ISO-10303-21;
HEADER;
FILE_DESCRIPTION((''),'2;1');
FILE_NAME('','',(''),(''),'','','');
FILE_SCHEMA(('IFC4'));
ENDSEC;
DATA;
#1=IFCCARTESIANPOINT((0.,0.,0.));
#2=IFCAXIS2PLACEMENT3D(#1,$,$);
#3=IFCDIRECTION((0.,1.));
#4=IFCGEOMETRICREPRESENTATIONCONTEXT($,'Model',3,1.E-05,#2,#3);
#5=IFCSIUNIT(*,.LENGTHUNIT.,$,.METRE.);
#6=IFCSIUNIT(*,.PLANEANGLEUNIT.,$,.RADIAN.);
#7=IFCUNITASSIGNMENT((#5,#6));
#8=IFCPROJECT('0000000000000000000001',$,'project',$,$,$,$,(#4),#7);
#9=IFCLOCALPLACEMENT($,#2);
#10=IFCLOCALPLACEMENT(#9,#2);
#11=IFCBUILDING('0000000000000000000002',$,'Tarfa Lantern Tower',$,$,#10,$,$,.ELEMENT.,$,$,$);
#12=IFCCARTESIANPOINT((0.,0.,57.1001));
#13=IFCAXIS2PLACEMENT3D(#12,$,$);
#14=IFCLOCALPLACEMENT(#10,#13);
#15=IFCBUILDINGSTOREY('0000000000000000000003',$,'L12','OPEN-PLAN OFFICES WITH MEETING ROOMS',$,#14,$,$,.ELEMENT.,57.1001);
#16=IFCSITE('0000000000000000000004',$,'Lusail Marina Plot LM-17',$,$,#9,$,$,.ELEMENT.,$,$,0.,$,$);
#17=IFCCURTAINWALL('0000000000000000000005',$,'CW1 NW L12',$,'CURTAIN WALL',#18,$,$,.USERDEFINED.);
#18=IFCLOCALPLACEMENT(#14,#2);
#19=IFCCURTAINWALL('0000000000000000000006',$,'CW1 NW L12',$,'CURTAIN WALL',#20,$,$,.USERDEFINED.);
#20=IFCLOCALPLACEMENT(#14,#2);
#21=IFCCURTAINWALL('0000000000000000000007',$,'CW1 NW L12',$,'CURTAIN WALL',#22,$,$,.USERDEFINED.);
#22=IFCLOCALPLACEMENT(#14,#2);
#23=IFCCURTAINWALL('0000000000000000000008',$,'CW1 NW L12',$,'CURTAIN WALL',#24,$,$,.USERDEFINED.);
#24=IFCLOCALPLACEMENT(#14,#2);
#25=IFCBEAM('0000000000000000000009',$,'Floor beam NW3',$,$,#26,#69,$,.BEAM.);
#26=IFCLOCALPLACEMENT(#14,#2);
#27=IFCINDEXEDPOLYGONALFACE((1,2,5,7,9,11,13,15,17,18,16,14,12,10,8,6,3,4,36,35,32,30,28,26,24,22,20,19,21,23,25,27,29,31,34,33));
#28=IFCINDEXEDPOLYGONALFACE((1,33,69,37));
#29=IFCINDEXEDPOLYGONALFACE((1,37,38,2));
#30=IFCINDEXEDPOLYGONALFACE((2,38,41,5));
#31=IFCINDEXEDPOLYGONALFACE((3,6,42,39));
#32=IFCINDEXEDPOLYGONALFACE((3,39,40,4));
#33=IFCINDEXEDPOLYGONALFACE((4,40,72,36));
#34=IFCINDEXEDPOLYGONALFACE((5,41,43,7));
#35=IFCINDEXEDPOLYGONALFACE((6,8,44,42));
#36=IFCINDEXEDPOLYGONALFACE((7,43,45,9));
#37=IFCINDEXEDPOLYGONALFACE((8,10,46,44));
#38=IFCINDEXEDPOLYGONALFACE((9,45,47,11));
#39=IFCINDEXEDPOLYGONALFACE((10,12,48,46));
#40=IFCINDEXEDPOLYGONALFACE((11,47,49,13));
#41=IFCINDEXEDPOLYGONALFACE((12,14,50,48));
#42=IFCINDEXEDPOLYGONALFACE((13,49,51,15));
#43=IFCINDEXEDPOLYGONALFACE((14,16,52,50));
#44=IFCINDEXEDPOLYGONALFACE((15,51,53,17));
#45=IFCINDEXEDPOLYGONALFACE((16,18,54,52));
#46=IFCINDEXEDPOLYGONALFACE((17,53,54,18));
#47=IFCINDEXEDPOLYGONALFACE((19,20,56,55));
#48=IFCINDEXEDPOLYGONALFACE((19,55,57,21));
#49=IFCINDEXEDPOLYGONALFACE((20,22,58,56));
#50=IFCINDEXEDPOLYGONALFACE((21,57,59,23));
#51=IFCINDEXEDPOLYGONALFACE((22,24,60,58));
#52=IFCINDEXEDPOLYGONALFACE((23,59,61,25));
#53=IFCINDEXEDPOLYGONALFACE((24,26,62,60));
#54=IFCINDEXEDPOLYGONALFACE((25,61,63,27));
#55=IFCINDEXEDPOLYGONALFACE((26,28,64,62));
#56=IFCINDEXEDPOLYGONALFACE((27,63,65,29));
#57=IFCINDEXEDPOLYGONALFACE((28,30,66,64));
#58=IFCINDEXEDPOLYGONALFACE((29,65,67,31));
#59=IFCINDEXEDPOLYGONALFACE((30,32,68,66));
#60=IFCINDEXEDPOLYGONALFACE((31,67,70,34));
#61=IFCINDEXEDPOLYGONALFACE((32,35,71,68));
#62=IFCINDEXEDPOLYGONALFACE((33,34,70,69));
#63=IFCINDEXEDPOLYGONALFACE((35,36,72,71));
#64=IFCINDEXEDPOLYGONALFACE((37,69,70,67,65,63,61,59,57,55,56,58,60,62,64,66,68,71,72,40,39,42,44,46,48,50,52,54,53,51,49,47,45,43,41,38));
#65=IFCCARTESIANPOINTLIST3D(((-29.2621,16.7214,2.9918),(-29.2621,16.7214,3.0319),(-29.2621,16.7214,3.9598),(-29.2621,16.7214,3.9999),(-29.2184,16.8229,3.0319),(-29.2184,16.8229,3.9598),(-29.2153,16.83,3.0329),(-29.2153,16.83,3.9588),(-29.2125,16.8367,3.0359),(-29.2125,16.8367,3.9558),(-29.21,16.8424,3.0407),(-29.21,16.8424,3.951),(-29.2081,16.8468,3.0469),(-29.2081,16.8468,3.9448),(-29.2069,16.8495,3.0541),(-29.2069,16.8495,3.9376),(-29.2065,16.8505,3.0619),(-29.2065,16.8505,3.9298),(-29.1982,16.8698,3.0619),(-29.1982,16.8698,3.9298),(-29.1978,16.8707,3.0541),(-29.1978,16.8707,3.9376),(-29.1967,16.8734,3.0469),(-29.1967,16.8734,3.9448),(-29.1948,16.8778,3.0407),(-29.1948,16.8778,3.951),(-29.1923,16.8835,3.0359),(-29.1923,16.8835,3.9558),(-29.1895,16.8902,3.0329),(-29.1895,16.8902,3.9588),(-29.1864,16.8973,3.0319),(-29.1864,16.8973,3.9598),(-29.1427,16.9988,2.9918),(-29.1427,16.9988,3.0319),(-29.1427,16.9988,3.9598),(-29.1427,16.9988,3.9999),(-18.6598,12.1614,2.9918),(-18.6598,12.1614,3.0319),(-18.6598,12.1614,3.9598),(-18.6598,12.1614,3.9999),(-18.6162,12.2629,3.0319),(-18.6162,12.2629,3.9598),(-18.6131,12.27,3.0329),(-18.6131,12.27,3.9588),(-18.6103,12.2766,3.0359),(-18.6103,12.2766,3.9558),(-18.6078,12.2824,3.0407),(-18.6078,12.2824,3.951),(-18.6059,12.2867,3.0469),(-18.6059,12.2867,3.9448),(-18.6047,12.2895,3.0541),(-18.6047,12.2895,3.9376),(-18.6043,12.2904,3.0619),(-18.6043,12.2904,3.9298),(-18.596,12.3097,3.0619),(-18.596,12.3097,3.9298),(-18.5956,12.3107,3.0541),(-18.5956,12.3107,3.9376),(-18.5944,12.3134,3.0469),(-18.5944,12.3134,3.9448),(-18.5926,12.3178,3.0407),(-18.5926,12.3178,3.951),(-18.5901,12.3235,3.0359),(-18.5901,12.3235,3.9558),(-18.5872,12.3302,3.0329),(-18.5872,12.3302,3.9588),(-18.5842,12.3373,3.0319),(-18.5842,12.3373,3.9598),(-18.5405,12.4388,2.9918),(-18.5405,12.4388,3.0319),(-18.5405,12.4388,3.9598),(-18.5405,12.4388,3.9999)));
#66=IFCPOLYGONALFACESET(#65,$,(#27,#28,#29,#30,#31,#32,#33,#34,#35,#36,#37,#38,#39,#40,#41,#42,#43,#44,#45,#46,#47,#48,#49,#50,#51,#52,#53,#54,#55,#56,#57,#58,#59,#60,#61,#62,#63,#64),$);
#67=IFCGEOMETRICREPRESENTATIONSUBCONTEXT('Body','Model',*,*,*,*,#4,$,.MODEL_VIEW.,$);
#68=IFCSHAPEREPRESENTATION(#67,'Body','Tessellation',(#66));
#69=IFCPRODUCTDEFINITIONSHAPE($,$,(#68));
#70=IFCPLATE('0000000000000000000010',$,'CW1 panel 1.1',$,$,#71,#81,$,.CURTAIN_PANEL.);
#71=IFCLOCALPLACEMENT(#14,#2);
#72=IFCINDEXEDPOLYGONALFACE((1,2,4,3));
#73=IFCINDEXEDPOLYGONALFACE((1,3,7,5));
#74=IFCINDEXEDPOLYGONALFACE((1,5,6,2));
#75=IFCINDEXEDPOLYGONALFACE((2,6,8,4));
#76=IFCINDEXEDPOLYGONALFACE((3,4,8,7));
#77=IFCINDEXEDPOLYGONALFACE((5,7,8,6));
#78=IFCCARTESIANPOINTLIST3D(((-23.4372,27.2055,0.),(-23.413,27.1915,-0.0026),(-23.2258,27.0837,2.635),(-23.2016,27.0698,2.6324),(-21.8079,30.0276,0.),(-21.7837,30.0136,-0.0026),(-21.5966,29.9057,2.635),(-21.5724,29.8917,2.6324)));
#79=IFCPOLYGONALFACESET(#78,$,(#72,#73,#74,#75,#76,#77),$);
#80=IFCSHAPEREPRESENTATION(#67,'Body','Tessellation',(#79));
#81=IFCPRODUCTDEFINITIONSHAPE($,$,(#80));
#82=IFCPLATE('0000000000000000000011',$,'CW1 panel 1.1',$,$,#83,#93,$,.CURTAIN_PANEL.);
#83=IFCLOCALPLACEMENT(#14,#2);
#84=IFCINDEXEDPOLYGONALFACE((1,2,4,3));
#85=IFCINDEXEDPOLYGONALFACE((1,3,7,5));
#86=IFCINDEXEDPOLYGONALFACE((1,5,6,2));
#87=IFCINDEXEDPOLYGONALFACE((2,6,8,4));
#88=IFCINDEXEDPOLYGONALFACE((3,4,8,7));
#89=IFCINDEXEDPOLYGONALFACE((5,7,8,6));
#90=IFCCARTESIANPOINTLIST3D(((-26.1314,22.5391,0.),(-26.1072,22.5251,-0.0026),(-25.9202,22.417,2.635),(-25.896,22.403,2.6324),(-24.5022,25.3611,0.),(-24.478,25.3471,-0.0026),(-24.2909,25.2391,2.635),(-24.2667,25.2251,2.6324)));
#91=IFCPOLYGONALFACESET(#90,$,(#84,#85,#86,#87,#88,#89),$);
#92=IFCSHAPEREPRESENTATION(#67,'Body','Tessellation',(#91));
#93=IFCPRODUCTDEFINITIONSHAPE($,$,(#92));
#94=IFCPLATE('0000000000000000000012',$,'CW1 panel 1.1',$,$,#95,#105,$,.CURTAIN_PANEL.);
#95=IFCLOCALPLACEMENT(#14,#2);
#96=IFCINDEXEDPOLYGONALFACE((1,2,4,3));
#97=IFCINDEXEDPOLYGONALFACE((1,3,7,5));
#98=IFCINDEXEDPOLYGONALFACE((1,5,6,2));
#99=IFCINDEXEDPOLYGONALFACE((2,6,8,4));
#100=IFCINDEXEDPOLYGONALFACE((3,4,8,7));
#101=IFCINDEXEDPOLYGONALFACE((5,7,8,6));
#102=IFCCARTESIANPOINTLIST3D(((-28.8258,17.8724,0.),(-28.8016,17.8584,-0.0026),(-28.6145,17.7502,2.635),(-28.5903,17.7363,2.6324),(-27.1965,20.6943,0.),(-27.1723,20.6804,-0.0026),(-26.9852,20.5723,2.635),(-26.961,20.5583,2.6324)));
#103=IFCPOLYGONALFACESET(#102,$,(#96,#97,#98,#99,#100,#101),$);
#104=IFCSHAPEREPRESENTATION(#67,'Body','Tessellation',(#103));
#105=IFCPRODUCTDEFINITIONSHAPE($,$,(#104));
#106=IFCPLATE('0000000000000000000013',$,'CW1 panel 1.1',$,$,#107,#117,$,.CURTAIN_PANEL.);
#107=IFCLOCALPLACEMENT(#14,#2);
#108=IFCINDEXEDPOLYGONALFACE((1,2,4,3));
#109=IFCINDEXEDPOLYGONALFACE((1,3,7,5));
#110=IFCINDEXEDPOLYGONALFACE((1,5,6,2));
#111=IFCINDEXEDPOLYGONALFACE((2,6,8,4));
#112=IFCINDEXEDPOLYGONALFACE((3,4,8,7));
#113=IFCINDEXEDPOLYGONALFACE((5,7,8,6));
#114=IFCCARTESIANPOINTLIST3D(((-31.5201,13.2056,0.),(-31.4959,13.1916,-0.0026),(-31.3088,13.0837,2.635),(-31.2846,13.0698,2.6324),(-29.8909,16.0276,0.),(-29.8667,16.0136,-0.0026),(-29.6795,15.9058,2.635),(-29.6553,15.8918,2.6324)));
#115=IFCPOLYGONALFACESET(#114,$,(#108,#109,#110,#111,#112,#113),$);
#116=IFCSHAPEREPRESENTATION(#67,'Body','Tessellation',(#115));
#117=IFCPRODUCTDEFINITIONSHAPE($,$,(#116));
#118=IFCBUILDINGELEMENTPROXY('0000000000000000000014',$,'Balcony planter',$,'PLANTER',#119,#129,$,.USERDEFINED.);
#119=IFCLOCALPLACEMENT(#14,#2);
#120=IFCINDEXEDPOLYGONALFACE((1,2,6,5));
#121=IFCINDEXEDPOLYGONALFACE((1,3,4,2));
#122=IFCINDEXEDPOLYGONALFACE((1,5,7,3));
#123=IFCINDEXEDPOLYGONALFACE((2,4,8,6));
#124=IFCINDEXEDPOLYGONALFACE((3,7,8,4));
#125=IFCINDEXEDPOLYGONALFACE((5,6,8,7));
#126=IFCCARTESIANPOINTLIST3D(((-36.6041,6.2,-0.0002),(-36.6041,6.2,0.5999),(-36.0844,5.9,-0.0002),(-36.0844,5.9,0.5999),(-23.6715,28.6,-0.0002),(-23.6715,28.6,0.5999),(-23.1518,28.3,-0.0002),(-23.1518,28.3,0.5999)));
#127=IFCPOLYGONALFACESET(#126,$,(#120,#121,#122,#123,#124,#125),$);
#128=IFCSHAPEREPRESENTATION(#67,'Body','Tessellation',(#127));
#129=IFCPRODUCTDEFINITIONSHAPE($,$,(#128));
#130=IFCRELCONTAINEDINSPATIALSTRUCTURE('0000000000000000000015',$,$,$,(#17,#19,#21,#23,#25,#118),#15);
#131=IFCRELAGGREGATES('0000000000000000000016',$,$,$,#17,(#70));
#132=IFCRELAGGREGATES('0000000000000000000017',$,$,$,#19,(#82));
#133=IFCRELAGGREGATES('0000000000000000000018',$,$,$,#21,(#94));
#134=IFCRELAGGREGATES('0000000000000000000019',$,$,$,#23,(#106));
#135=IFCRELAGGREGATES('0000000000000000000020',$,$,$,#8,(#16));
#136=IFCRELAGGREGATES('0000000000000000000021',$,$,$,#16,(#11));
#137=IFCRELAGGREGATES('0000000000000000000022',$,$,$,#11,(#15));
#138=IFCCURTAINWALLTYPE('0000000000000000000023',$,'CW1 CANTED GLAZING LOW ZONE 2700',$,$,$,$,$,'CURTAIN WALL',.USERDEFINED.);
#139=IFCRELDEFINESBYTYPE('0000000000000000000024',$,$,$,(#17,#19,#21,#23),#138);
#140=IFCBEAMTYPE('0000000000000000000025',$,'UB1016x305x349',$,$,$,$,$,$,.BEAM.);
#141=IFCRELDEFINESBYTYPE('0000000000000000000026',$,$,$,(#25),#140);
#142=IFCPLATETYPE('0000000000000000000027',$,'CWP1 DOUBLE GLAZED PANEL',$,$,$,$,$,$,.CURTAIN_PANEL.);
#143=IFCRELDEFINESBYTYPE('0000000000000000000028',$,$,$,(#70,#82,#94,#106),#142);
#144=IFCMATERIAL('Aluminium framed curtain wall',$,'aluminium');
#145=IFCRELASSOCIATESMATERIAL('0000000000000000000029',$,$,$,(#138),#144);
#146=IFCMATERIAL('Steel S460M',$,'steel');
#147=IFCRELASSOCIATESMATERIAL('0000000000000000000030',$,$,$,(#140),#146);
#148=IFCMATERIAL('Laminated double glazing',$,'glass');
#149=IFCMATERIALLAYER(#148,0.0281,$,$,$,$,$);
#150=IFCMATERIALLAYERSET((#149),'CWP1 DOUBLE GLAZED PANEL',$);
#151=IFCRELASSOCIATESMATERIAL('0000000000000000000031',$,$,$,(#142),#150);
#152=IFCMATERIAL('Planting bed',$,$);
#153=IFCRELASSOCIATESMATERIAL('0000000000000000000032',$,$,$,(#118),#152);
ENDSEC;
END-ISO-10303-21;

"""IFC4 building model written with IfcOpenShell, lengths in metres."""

from ifc_helpers import new_model, si_unit, direction, frame, origin, origin_2d, place, context, subcontext, project, spatial, polyline, rectangle, i_section, outline, extrude, material, layer, layer_set, material_profile, profile_set, type_object, element, aggregate, save


model = new_model("IFC4")

# Units and contexts
model_context = context("Model", 3, precision=1e-05, world=origin(), true_north=direction((0.0, 1.0)))
body_context = subcontext(model_context, "Body", "Model", "MODEL_VIEW")
ifc_project = project(units=[si_unit("LENGTHUNIT", "METRE"), si_unit("PLANEANGLEUNIT", "RADIAN")], contexts=[model_context])

# Site, building, storey
site_placement = place(None, origin())
site = spatial("IfcSite", under=ifc_project, at=site_placement, Name="Lusail Marina Plot LM-17", CompositionType="ELEMENT", RefElevation=0.0)
building_placement = place(site_placement, origin())
building = spatial("IfcBuilding", under=site, at=building_placement, Name="Tarfa Lantern Tower", CompositionType="ELEMENT")
storey_placement = place(building_placement, frame((0.0, 0.0, 57.1001)))
storey = spatial("IfcBuildingStorey", under=building, at=storey_placement, Name="L12", Description="OPEN-PLAN OFFICES WITH MEETING ROOMS", CompositionType="ELEMENT", Elevation=57.1001)

# Curtain walls
ifc_material_1 = material(Name="Aluminium framed curtain wall", Category="aluminium")
curtain_wall_type = type_object("IfcCurtainWallType", Name="CW1 CANTED GLAZING LOW ZONE 2700", ElementType="CURTAIN WALL", PredefinedType="USERDEFINED", material=ifc_material_1)
curtain_wall_1_placement = place(storey_placement, origin())
curtain_wall_1 = element("IfcCurtainWall", 1, at=curtain_wall_1_placement, inside=storey, type_object=curtain_wall_type, Name="CW1 NW L12", ObjectType="CURTAIN WALL", PredefinedType="USERDEFINED")
curtain_wall_2_placement = place(storey_placement, origin())
curtain_wall_2 = element("IfcCurtainWall", 2, at=curtain_wall_2_placement, inside=storey, type_object=curtain_wall_type, Name="CW1 NW L12", ObjectType="CURTAIN WALL", PredefinedType="USERDEFINED")
curtain_wall_3_placement = place(storey_placement, origin())
curtain_wall_3 = element("IfcCurtainWall", 3, at=curtain_wall_3_placement, inside=storey, type_object=curtain_wall_type, Name="CW1 NW L12", ObjectType="CURTAIN WALL", PredefinedType="USERDEFINED")

# Curtain wall
curtain_wall_4_placement = place(storey_placement, origin())
curtain_wall_4 = element("IfcCurtainWall", 4, at=curtain_wall_4_placement, inside=storey, type_object=curtain_wall_type, Name="CW1 NW L12", ObjectType="CURTAIN WALL", PredefinedType="USERDEFINED")

# Beam
ifc_material_2 = material(Name="Steel S460M", Category="steel")
ifc_material_profile_1 = material_profile(ifc_material_2, i_section(OverallWidth=0.302, OverallDepth=1.0081, WebThickness=0.021, FlangeThickness=0.04, FilletRadius=0.03, at=origin_2d()), Name="UB1016x305x349")
ifc_profile_set_1 = profile_set([ifc_material_profile_1], Name="Steel S460M")
beam_type_1 = type_object("IfcBeamType", Name="UB1016x305x349", PredefinedType="BEAM", material=ifc_profile_set_1)
beam_1_placement = place(storey_placement, frame((-29.2024, 16.8601, 3.4958), z_axis=(0.918635, -0.395106, 0.0), x_axis=(0.395106, 0.918635, 0.0)))
element("IfcBeam", 5, at=beam_1_placement, inside=storey, type_object=beam_type_1, Name="Floor beam NW3", PredefinedType="BEAM", context=body_context, shape_type="SweptSolid", body=[
    extrude(i_section(OverallWidth=0.302, OverallDepth=1.0081, WebThickness=0.021, FlangeThickness=0.04, FilletRadius=0.03, at=origin_2d()), origin(), (0.0, 0.0, 1.0), 11.5413),
])

# Plates
ifc_material_3 = material(Name="Laminated double glazing", Category="glass")
ifc_layer = layer(ifc_material_3, 0.0281)
ifc_layer_set = layer_set([ifc_layer], Name="CWP1 DOUBLE GLAZED PANEL")
plate_type = type_object("IfcPlateType", Name="CWP1 DOUBLE GLAZED PANEL", PredefinedType="CURTAIN_PANEL", material=ifc_layer_set)
plate_1_placement = place(storey_placement, frame((-21.8079, 30.0276, 0.0), z_axis=(-0.862342, 0.497867, 0.09217), x_axis=(-0.499995, -0.866028, -0.000003)))
plate_1 = element("IfcPlate", 6, at=plate_1_placement, type_object=plate_type, Name="CW1 panel 1.1", PredefinedType="CURTAIN_PANEL", context=body_context, shape_type="SweptSolid", body=[
    extrude(outline(polyline([(0.0, 0.0), (3.2586, 0.0), (3.2584, 2.6463), (-0.0001, 2.6463), (0.0, 0.0)])), origin(), (0.0, 0.0, -1.0), 0.0281),
])
aggregate(curtain_wall_1, [plate_1])
plate_2_placement = place(storey_placement, frame((-24.5022, 25.3611, 0.0), z_axis=(-0.862338, 0.497864, 0.092216), x_axis=(-0.499995, -0.866029, 0.000003)))
plate_2 = element("IfcPlate", 7, at=plate_2_placement, type_object=plate_type, Name="CW1 panel 1.1", PredefinedType="CURTAIN_PANEL", context=body_context, shape_type="SweptSolid", body=[
    extrude(outline(polyline([(0.0, 0.0), (3.2585, 0.0), (3.2587, 2.6463), (0.0, 2.6463), (0.0, 0.0)])), origin(), (0.0, 0.0, -1.0), 0.0281),
])
aggregate(curtain_wall_2, [plate_2])
plate_3_placement = place(storey_placement, frame((-27.1965, 20.6943, 0.0), z_axis=(-0.862338, 0.497864, 0.092216), x_axis=(-0.499995, -0.866029, 0.000003)))
plate_3 = element("IfcPlate", 8, at=plate_3_placement, type_object=plate_type, Name="CW1 panel 1.1", PredefinedType="CURTAIN_PANEL", context=body_context, shape_type="SweptSolid", body=[
    extrude(outline(polyline([(0.0, 0.0), (3.2585, 0.0), (3.2587, 2.6463), (0.0, 2.6463), (0.0, 0.0)])), origin(), (0.0, 0.0, -1.0), 0.0281),
])
aggregate(curtain_wall_3, [plate_3])
plate_4_placement = place(storey_placement, frame((-29.8909, 16.0276, 0.0), z_axis=(-0.862342, 0.497867, 0.09217), x_axis=(-0.499995, -0.866029, 0.000003)))
plate_4 = element("IfcPlate", 9, at=plate_4_placement, type_object=plate_type, Name="CW1 panel 1.1", PredefinedType="CURTAIN_PANEL", context=body_context, shape_type="SweptSolid", body=[
    extrude(outline(polyline([(0.0, 0.0), (3.2585, 0.0), (3.2584, 2.6463), (-0.0002, 2.6463), (0.0, 0.0)])), origin(), (0.0, 0.0, -1.0), 0.0281),
])
aggregate(curtain_wall_4, [plate_4])

# Building element proxy
ifc_material_4 = material(Name="Planting bed")
proxy_placement = place(storey_placement, frame((-29.8779, 17.25, -0.0002), z_axis=(0.0, 0.0, 1.0), x_axis=(-0.5, -0.866025, 0.0)))
element("IfcBuildingElementProxy", 10, at=proxy_placement, inside=storey, material=ifc_material_4, Name="Balcony planter", ObjectType="PLANTER", PredefinedType="USERDEFINED", context=body_context, shape_type="SweptSolid", body=[
    extrude(rectangle(XDim=25.8652, YDim=0.6001, at=origin_2d()), origin(), (0.0, 0.0, 1.0), 0.6001),
])

save(model, "model.ifc")
